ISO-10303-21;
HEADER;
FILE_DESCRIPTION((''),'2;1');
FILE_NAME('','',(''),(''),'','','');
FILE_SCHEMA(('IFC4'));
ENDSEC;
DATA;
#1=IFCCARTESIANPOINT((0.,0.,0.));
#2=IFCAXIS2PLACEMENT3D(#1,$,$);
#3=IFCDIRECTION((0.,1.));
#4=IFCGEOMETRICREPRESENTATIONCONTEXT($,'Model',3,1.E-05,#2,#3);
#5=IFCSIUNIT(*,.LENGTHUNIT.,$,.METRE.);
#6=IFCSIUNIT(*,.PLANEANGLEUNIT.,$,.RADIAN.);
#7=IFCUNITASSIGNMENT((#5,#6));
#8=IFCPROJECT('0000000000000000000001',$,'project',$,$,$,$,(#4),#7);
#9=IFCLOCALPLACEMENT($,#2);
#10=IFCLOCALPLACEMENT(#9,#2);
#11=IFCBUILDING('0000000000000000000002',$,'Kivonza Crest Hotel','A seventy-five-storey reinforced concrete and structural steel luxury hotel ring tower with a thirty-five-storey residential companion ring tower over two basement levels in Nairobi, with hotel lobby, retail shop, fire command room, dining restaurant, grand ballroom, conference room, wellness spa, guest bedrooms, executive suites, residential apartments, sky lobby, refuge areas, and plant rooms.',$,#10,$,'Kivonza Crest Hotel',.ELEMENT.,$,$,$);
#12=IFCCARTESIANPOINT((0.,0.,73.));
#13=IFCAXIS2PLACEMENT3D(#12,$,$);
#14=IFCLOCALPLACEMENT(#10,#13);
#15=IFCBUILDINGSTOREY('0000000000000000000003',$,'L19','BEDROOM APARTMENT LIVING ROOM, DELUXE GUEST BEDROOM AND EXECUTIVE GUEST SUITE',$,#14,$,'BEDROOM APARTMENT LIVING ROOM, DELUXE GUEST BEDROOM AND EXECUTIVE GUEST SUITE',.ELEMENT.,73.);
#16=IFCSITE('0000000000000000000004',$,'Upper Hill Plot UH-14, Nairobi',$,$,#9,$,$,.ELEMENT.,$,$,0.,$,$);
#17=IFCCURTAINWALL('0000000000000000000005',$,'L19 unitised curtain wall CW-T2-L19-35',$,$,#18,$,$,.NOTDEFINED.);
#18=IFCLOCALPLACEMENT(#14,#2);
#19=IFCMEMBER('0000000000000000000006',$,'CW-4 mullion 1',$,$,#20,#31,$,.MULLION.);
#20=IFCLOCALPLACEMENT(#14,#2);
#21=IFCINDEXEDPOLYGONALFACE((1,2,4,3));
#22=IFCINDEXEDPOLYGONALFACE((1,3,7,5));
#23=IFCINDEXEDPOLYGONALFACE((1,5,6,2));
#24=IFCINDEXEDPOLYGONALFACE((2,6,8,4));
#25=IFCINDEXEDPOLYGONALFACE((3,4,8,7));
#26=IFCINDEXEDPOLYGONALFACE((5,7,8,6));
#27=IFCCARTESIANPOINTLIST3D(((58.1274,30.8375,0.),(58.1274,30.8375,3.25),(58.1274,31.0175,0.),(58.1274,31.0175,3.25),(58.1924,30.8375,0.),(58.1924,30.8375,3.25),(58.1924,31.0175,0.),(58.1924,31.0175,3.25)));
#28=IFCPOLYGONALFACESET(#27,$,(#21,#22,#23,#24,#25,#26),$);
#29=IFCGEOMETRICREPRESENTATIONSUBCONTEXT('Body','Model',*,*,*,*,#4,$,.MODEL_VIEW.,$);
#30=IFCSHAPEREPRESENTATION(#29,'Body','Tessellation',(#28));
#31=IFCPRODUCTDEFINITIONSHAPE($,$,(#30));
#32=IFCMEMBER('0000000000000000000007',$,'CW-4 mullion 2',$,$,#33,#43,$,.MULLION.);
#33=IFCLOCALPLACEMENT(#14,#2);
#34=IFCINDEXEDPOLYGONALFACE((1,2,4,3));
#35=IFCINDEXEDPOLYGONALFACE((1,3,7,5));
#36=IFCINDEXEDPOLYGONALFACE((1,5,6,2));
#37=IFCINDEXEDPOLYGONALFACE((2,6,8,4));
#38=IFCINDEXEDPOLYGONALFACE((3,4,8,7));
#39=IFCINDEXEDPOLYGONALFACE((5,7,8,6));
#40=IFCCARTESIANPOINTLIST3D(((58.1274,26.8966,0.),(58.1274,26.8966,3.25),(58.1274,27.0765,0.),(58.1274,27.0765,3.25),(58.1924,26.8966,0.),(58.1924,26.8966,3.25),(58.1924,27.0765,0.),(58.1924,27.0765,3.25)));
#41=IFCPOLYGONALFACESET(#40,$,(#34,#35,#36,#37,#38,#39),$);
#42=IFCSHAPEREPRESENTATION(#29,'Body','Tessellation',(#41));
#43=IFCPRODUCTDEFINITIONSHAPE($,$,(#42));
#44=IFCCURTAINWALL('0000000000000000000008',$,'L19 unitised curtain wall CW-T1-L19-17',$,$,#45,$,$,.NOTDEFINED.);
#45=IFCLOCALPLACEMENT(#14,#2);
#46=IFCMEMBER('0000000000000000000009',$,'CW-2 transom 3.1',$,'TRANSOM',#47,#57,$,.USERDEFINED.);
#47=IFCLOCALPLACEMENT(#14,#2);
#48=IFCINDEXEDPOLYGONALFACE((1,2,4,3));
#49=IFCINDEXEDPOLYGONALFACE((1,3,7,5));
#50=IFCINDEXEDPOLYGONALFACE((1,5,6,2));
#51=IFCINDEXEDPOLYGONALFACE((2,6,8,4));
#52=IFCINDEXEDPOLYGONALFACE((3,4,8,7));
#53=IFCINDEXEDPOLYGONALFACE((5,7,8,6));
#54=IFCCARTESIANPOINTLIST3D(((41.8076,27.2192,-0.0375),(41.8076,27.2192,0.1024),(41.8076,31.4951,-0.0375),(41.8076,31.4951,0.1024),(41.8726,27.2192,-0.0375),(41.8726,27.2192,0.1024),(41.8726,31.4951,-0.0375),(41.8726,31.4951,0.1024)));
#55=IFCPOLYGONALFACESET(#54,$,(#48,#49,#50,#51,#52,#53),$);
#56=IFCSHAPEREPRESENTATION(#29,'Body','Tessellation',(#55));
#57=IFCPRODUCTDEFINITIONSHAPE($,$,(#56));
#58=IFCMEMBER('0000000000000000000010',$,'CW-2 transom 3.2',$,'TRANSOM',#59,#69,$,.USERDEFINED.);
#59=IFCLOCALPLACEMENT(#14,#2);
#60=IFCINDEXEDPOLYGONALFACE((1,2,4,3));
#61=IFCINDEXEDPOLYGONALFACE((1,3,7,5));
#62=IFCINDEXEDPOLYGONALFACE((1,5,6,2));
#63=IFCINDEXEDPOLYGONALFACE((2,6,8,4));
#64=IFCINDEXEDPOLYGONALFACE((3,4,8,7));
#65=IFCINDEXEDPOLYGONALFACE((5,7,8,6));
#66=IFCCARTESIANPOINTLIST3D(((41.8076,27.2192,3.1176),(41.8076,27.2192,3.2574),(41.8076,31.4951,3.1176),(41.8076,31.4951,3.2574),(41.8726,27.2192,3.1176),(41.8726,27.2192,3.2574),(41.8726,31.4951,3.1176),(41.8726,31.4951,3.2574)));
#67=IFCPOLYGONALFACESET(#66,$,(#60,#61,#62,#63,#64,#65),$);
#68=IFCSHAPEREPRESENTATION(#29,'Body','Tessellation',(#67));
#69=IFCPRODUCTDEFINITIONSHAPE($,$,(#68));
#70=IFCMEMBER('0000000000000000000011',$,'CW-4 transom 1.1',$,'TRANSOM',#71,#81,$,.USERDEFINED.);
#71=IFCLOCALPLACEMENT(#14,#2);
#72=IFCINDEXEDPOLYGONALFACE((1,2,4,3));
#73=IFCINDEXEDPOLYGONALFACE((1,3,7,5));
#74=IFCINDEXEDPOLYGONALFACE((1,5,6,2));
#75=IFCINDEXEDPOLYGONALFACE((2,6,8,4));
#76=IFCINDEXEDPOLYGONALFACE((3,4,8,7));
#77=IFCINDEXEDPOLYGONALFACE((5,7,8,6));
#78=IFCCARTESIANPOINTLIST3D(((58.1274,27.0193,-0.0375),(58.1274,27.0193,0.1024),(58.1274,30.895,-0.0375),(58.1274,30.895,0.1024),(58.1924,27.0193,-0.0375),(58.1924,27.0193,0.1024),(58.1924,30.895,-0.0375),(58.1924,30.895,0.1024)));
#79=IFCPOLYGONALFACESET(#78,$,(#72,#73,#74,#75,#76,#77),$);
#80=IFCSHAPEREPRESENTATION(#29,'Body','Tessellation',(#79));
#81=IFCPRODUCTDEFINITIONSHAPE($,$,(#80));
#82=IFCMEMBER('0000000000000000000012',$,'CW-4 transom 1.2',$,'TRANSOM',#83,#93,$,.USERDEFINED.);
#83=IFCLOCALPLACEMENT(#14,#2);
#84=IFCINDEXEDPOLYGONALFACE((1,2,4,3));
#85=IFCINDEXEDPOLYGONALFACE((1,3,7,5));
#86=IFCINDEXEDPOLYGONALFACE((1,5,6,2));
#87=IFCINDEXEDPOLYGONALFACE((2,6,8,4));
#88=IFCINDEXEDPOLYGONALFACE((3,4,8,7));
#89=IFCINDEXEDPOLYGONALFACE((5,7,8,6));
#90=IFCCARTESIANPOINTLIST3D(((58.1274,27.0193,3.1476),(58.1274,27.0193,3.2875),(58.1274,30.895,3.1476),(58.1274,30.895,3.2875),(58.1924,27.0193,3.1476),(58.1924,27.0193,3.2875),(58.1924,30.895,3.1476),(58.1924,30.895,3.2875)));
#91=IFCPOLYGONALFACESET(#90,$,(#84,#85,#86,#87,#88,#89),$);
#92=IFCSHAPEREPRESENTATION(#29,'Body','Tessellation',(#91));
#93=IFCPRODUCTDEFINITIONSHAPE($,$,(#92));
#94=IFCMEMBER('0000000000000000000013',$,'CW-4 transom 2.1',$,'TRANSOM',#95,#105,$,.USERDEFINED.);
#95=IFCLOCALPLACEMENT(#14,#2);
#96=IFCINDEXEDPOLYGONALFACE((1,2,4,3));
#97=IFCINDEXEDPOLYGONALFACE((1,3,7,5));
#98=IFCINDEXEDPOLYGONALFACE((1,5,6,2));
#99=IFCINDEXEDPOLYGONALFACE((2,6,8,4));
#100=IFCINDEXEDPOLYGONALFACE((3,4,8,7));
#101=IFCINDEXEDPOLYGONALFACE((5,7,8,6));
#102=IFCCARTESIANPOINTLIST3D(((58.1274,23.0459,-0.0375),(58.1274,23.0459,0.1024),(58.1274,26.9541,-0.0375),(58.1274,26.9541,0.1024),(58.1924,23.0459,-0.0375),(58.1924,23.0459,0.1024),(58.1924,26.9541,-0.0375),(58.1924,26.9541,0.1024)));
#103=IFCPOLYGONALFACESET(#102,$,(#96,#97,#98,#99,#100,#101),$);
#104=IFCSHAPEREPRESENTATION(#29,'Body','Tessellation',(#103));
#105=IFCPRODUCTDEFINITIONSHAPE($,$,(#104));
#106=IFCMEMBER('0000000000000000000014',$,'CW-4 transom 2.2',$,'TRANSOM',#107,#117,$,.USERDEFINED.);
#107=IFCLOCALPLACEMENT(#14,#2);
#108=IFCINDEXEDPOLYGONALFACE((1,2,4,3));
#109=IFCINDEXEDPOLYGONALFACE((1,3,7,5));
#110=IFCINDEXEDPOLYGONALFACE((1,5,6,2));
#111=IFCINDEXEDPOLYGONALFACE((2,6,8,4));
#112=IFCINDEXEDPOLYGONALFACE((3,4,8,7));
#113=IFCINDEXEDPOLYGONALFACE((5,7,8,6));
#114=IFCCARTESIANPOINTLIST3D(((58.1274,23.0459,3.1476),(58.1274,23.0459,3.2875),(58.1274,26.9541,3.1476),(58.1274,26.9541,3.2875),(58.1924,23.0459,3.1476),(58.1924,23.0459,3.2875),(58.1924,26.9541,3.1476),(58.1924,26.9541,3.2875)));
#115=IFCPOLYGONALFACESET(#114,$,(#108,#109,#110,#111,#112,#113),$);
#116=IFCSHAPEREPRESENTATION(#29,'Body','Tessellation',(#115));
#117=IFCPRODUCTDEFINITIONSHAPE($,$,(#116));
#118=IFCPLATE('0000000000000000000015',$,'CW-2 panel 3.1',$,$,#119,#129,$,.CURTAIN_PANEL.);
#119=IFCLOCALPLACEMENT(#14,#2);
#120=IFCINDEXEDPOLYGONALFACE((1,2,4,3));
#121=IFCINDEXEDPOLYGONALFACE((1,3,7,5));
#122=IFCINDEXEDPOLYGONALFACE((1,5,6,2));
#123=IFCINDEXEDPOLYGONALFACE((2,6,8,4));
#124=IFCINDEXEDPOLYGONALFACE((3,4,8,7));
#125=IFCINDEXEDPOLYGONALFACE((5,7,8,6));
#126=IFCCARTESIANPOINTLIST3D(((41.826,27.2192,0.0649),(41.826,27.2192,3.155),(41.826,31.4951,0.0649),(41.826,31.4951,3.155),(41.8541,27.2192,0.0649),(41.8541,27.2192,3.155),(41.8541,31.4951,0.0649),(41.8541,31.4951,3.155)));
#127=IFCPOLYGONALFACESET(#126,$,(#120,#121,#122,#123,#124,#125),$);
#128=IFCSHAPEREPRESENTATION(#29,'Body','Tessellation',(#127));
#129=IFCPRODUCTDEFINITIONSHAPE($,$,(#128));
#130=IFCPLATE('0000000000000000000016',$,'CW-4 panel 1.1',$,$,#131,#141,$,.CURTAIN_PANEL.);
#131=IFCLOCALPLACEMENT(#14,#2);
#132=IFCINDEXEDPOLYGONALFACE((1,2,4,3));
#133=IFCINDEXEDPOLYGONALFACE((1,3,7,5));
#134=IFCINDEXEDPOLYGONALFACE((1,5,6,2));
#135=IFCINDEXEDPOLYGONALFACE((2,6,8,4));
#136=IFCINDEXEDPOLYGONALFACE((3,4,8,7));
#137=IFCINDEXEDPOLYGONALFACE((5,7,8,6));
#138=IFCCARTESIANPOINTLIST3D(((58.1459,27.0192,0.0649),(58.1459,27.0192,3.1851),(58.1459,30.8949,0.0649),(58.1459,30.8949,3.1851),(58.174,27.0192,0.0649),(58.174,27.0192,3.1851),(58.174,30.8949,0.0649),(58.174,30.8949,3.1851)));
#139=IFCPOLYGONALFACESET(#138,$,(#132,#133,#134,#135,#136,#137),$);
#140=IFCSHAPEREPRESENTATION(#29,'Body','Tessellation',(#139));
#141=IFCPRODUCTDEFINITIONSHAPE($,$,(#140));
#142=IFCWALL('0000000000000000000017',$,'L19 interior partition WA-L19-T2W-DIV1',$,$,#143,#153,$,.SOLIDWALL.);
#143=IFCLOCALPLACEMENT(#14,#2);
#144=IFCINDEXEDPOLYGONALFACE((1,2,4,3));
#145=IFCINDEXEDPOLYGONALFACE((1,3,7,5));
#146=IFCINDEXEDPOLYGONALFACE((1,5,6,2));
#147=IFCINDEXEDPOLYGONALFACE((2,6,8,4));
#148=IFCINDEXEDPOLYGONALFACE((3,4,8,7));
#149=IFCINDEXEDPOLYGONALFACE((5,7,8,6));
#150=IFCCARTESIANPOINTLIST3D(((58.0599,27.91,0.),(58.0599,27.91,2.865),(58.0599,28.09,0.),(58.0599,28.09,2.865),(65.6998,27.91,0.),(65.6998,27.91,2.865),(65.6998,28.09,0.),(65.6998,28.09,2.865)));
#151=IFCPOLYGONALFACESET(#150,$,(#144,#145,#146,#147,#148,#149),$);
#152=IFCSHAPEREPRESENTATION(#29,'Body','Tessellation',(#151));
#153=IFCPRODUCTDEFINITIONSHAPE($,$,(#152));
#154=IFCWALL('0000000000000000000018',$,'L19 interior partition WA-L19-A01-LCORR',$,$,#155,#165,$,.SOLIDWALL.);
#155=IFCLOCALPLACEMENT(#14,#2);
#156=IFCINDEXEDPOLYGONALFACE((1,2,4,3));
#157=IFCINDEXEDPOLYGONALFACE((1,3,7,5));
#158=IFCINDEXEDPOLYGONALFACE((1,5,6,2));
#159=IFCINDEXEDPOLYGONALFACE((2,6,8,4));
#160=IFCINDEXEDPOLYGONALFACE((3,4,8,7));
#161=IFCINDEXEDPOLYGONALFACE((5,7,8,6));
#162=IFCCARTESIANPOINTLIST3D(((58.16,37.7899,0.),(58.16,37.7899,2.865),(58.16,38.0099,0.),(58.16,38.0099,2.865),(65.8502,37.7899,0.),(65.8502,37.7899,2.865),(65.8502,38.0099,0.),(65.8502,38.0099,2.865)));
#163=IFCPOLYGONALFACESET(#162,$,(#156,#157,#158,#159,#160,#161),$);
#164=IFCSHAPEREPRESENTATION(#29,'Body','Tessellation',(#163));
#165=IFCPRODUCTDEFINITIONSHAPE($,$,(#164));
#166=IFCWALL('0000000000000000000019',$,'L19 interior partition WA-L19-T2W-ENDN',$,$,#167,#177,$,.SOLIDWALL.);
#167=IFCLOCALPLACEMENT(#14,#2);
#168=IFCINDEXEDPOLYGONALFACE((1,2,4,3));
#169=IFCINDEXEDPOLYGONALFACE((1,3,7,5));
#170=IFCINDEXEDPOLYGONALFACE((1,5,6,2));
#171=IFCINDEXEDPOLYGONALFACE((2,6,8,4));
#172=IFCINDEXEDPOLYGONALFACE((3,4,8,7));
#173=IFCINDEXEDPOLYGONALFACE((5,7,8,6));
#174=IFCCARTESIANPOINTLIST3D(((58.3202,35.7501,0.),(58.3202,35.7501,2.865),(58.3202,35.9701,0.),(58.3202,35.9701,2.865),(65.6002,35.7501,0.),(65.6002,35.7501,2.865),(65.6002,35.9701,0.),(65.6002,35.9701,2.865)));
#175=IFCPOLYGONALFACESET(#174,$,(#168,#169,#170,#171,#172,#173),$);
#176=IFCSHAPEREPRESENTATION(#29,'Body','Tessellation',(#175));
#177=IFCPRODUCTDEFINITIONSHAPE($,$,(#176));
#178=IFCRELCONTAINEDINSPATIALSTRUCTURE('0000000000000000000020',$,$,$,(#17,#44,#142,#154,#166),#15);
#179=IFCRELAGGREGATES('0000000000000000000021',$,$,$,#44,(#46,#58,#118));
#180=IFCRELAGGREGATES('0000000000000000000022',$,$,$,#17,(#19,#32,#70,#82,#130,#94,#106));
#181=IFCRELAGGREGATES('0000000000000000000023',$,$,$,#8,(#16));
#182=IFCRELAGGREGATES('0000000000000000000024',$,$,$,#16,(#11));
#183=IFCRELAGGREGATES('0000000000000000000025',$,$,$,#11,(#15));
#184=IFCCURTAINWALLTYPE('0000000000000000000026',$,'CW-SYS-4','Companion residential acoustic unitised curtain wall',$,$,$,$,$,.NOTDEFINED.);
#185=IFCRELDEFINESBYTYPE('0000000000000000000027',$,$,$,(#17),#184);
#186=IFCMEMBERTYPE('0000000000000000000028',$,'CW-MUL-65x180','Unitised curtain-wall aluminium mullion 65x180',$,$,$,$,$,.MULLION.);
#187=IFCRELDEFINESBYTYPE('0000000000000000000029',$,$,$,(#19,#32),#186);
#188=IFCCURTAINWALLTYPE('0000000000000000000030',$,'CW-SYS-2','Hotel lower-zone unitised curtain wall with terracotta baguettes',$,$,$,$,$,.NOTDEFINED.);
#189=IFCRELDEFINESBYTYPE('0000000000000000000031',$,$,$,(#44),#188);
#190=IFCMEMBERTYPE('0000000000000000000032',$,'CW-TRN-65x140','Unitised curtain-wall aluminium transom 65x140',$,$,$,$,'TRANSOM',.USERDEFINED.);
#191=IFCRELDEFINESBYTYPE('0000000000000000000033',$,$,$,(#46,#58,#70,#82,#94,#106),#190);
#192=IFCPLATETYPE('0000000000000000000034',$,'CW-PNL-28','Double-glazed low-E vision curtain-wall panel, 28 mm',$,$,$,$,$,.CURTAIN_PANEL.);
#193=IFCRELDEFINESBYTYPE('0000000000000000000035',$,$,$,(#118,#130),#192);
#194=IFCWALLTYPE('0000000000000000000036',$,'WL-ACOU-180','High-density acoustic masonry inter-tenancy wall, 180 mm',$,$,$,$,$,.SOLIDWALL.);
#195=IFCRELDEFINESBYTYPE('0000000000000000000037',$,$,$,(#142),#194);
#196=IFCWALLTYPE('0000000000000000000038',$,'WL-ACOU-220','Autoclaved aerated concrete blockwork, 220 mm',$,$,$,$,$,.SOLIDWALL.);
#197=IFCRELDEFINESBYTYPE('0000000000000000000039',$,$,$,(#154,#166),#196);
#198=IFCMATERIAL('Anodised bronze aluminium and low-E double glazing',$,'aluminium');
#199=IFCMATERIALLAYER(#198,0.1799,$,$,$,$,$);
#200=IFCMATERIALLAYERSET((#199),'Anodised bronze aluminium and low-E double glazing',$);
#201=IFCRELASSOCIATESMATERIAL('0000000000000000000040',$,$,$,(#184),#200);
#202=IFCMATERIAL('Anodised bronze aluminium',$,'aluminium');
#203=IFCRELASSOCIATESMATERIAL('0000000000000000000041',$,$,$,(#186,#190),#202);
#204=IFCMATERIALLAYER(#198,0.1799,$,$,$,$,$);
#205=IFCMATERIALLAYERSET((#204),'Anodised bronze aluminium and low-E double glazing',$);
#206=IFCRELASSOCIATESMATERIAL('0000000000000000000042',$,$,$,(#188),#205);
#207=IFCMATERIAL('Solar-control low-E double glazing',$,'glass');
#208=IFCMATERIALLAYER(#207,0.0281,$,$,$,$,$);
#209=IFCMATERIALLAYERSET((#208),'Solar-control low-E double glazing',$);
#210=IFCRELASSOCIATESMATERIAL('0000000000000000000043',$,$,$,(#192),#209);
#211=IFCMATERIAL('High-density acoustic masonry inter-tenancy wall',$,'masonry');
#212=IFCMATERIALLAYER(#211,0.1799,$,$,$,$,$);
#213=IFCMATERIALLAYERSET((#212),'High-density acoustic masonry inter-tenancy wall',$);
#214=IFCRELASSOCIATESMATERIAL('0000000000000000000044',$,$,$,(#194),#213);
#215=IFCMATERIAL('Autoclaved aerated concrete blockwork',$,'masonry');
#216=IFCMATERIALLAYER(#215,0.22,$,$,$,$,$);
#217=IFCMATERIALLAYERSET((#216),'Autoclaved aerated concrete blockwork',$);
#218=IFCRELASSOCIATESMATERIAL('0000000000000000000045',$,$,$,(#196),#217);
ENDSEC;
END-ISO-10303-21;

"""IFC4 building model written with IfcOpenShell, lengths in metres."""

from ifc_helpers import new_model, si_unit, direction, frame, frame_2d, origin, origin_2d, place, context, subcontext, project, spatial, rectangle, extrude, material, layer, layer_set, material_profile, profile_set, type_object, element, aggregate, save


model = new_model("IFC4")

# Units and contexts
model_context = context("Model", 3, precision=1e-05, world=origin(), true_north=direction((0.0, 1.0)))
body_context = subcontext(model_context, "Body", "Model", "MODEL_VIEW")
ifc_project = project(units=[si_unit("LENGTHUNIT", "METRE"), si_unit("PLANEANGLEUNIT", "RADIAN")], contexts=[model_context])

# Site, building, storey
site_placement = place(None, origin())
site = spatial("IfcSite", under=ifc_project, at=site_placement, Name="Upper Hill Plot UH-14, Nairobi", CompositionType="ELEMENT", RefElevation=0.0)
building_placement = place(site_placement, origin())
building = spatial("IfcBuilding", under=site, at=building_placement, Name="Kivonza Crest Hotel", Description="A seventy-five-storey reinforced concrete and structural steel luxury hotel ring tower with a thirty-five-storey residential companion ring tower over two basement levels in Nairobi, with hotel lobby, retail shop, fire command room, dining restaurant, grand ballroom, conference room, wellness spa, guest bedrooms, executive suites, residential apartments, sky lobby, refuge areas, and plant rooms.", LongName="Kivonza Crest Hotel", CompositionType="ELEMENT")
storey_placement = place(building_placement, frame((0.0, 0.0, 73.0)))
storey = spatial("IfcBuildingStorey", under=building, at=storey_placement, Name="L19", Description="BEDROOM APARTMENT LIVING ROOM, DELUXE GUEST BEDROOM AND EXECUTIVE GUEST SUITE", LongName="BEDROOM APARTMENT LIVING ROOM, DELUXE GUEST BEDROOM AND EXECUTIVE GUEST SUITE", CompositionType="ELEMENT", Elevation=73.0)

# Curtain walls, members
ifc_material_1 = material(Name="Anodised bronze aluminium and low-E double glazing", Category="aluminium")
ifc_layer_1 = layer(ifc_material_1, 0.1799)
ifc_layer_set_1 = layer_set([ifc_layer_1], Name="Anodised bronze aluminium and low-E double glazing")
curtain_wall_type_1 = type_object("IfcCurtainWallType", Name="CW-SYS-4", Description="Companion residential acoustic unitised curtain wall", PredefinedType="NOTDEFINED", material=ifc_layer_set_1)
curtain_wall_1_placement = place(storey_placement, origin())
curtain_wall_1 = element("IfcCurtainWall", 1, at=curtain_wall_1_placement, inside=storey, type_object=curtain_wall_type_1, Name="L19 unitised curtain wall CW-T2-L19-35", PredefinedType="NOTDEFINED")
ifc_material_2 = material(Name="Anodised bronze aluminium", Category="aluminium")
ifc_material_profile_1 = material_profile(ifc_material_2, rectangle(XDim=0.0649, YDim=0.1799, at=origin_2d()), Name="CW-M 65x180")
ifc_profile_set_1 = profile_set([ifc_material_profile_1], Name="Anodised bronze aluminium")
member_type_1 = type_object("IfcMemberType", Name="CW-MUL-65x180", Description="Unitised curtain-wall aluminium mullion 65x180", PredefinedType="MULLION", material=ifc_profile_set_1)
member_1_placement = place(storey_placement, frame((58.1599, 30.9275, 0.0), z_axis=(0.0, 0.0, 1.0), x_axis=(1.0, 0.0, 0.0)))
member_1 = element("IfcMember", 2, at=member_1_placement, type_object=member_type_1, Name="CW-4 mullion 1", PredefinedType="MULLION", context=body_context, shape_type="SweptSolid", body=[
    extrude(rectangle(XDim=0.0649, YDim=0.1799, at=origin_2d()), origin(), (0.0, 0.0, 1.0), 3.25),
])
member_2_placement = place(storey_placement, frame((58.1599, 26.9866, 0.0), z_axis=(0.0, 0.0, 1.0), x_axis=(1.0, 0.0, 0.0)))
member_2 = element("IfcMember", 3, at=member_2_placement, type_object=member_type_1, Name="CW-4 mullion 2", PredefinedType="MULLION", context=body_context, shape_type="SweptSolid", body=[
    extrude(rectangle(XDim=0.0649, YDim=0.1799, at=origin_2d()), origin(), (0.0, 0.0, 1.0), 3.25),
])
ifc_layer_2 = layer(ifc_material_1, 0.1799)
ifc_layer_set_2 = layer_set([ifc_layer_2], Name="Anodised bronze aluminium and low-E double glazing")
curtain_wall_type_2 = type_object("IfcCurtainWallType", Name="CW-SYS-2", Description="Hotel lower-zone unitised curtain wall with terracotta baguettes", PredefinedType="NOTDEFINED", material=ifc_layer_set_2)
curtain_wall_2_placement = place(storey_placement, origin())
curtain_wall_2 = element("IfcCurtainWall", 4, at=curtain_wall_2_placement, inside=storey, type_object=curtain_wall_type_2, Name="L19 unitised curtain wall CW-T1-L19-17", PredefinedType="NOTDEFINED")
ifc_material_profile_2 = material_profile(ifc_material_2, rectangle(XDim=0.0649, YDim=0.1399, at=origin_2d()), Name="CW-T 65x140")
ifc_profile_set_2 = profile_set([ifc_material_profile_2], Name="Anodised bronze aluminium")
member_type_2 = type_object("IfcMemberType", Name="CW-TRN-65x140", Description="Unitised curtain-wall aluminium transom 65x140", ElementType="TRANSOM", PredefinedType="USERDEFINED", material=ifc_profile_set_2)
member_3_placement = place(storey_placement, frame((41.8401, 27.2192, 0.0325), z_axis=(0.0, 1.0, 0.0), x_axis=(-1.0, 0.0, 0.0)))
member_3 = element("IfcMember", 5, at=member_3_placement, type_object=member_type_2, Name="CW-2 transom 3.1", ObjectType="TRANSOM", PredefinedType="USERDEFINED", context=body_context, shape_type="SweptSolid", body=[
    extrude(rectangle(XDim=0.0649, YDim=0.1399, at=origin_2d()), origin(), (0.0, 0.0, 1.0), 4.2759),
])
member_4_placement = place(storey_placement, frame((41.8401, 27.2192, 3.1875), z_axis=(0.0, 1.0, 0.0), x_axis=(-1.0, 0.0, 0.0)))
member_4 = element("IfcMember", 6, at=member_4_placement, type_object=member_type_2, Name="CW-2 transom 3.2", ObjectType="TRANSOM", PredefinedType="USERDEFINED", context=body_context, shape_type="SweptSolid", body=[
    extrude(rectangle(XDim=0.0649, YDim=0.1399, at=origin_2d()), origin(), (0.0, 0.0, 1.0), 4.2759),
])

# Members
member_5_placement = place(storey_placement, frame((58.1599, 30.895, 0.0325), z_axis=(0.0, -1.0, 0.0), x_axis=(1.0, 0.0, 0.0)))
member_5 = element("IfcMember", 7, at=member_5_placement, type_object=member_type_2, Name="CW-4 transom 1.1", ObjectType="TRANSOM", PredefinedType="USERDEFINED", context=body_context, shape_type="SweptSolid", body=[
    extrude(rectangle(XDim=0.0649, YDim=0.1399, at=origin_2d()), origin(), (0.0, 0.0, 1.0), 3.8757),
])
member_6_placement = place(storey_placement, frame((58.1599, 30.895, 3.2175), z_axis=(0.0, -1.0, 0.0), x_axis=(1.0, 0.0, 0.0)))
member_6 = element("IfcMember", 8, at=member_6_placement, type_object=member_type_2, Name="CW-4 transom 1.2", ObjectType="TRANSOM", PredefinedType="USERDEFINED", context=body_context, shape_type="SweptSolid", body=[
    extrude(rectangle(XDim=0.0649, YDim=0.1399, at=origin_2d()), origin(), (0.0, 0.0, 1.0), 3.8757),
])
member_7_placement = place(storey_placement, frame((58.1599, 26.9541, 0.0325), z_axis=(0.0, -1.0, 0.0), x_axis=(1.0, 0.0, 0.0)))
member_7 = element("IfcMember", 9, at=member_7_placement, type_object=member_type_2, Name="CW-4 transom 2.1", ObjectType="TRANSOM", PredefinedType="USERDEFINED", context=body_context, shape_type="SweptSolid", body=[
    extrude(rectangle(XDim=0.0649, YDim=0.1399, at=origin_2d()), origin(), (0.0, 0.0, 1.0), 3.9082),
])
member_8_placement = place(storey_placement, frame((58.1599, 26.9541, 3.2175), z_axis=(0.0, -1.0, 0.0), x_axis=(1.0, 0.0, 0.0)))
member_8 = element("IfcMember", 10, at=member_8_placement, type_object=member_type_2, Name="CW-4 transom 2.2", ObjectType="TRANSOM", PredefinedType="USERDEFINED", context=body_context, shape_type="SweptSolid", body=[
    extrude(rectangle(XDim=0.0649, YDim=0.1399, at=origin_2d()), origin(), (0.0, 0.0, 1.0), 3.9082),
])

# Plates
ifc_material_3 = material(Name="Solar-control low-E double glazing", Category="glass")
ifc_layer_3 = layer(ifc_material_3, 0.0281)
ifc_layer_set_3 = layer_set([ifc_layer_3], Name="Solar-control low-E double glazing")
plate_type = type_object("IfcPlateType", Name="CW-PNL-28", Description="Double-glazed low-E vision curtain-wall panel, 28 mm", PredefinedType="CURTAIN_PANEL", material=ifc_layer_set_3)
plate_1_placement = place(storey_placement, frame((41.8401, 29.3572, 0.0649), z_axis=(0.0, 0.0, 1.0), x_axis=(0.0, 1.0, 0.0)))
plate_1 = element("IfcPlate", 11, at=plate_1_placement, type_object=plate_type, Name="CW-2 panel 3.1", PredefinedType="CURTAIN_PANEL", context=body_context, shape_type="SweptSolid", body=[
    extrude(rectangle(XDim=4.2759, YDim=0.0281, at=origin_2d()), origin(), (0.0, 0.0, 1.0), 3.0901),
])
aggregate(curtain_wall_2, [member_3, member_4, plate_1])
plate_2_placement = place(storey_placement, frame((58.1599, 28.957, 0.0649), z_axis=(0.0, 0.0, 1.0), x_axis=(0.0, -1.0, 0.0)))
plate_2 = element("IfcPlate", 12, at=plate_2_placement, type_object=plate_type, Name="CW-4 panel 1.1", PredefinedType="CURTAIN_PANEL", context=body_context, shape_type="SweptSolid", body=[
    extrude(rectangle(XDim=3.8757, YDim=0.0281, at=origin_2d()), origin(), (0.0, 0.0, 1.0), 3.1201),
])
aggregate(curtain_wall_1, [member_1, member_2, member_5, member_6, plate_2, member_7, member_8])

# Walls
ifc_material_4 = material(Name="High-density acoustic masonry inter-tenancy wall", Category="masonry")
ifc_layer_4 = layer(ifc_material_4, 0.1799)
ifc_layer_set_4 = layer_set([ifc_layer_4], Name="High-density acoustic masonry inter-tenancy wall")
wall_type_1 = type_object("IfcWallType", Name="WL-ACOU-180", Description="High-density acoustic masonry inter-tenancy wall, 180 mm", PredefinedType="SOLIDWALL", material=ifc_layer_set_4)
wall_1_placement = place(storey_placement, frame((58.0601, 28.0, 0.0), z_axis=(0.0, 0.0, 1.0), x_axis=(1.0, 0.0, 0.0)))
element("IfcWall", 13, at=wall_1_placement, inside=storey, type_object=wall_type_1, Name="L19 interior partition WA-L19-T2W-DIV1", PredefinedType="SOLIDWALL", context=body_context, shape_type="SweptSolid", body=[
    extrude(rectangle(XDim=7.6399, YDim=0.1799, at=frame_2d((3.8198, 0.0))), origin(), (0.0, 0.0, 1.0), 2.865),
])
ifc_material_5 = material(Name="Autoclaved aerated concrete blockwork", Category="masonry")
ifc_layer_5 = layer(ifc_material_5, 0.22)
ifc_layer_set_5 = layer_set([ifc_layer_5], Name="Autoclaved aerated concrete blockwork")
wall_type_2 = type_object("IfcWallType", Name="WL-ACOU-220", Description="Autoclaved aerated concrete blockwork, 220 mm", PredefinedType="SOLIDWALL", material=ifc_layer_set_5)
wall_2_placement = place(storey_placement, frame((58.1599, 37.8999, 0.0), z_axis=(0.0, 0.0, 1.0), x_axis=(1.0, 0.0, 0.0)))
element("IfcWall", 14, at=wall_2_placement, inside=storey, type_object=wall_type_2, Name="L19 interior partition WA-L19-A01-LCORR", PredefinedType="SOLIDWALL", context=body_context, shape_type="SweptSolid", body=[
    extrude(rectangle(XDim=7.6902, YDim=0.22, at=frame_2d((3.8452, 0.0))), origin(), (0.0, 0.0, 1.0), 2.865),
])
wall_3_placement = place(storey_placement, frame((58.3201, 35.8601, 0.0), z_axis=(0.0, 0.0, 1.0), x_axis=(1.0, 0.0, 0.0)))
element("IfcWall", 15, at=wall_3_placement, inside=storey, type_object=wall_type_2, Name="L19 interior partition WA-L19-T2W-ENDN", PredefinedType="SOLIDWALL", context=body_context, shape_type="SweptSolid", body=[
    extrude(rectangle(XDim=7.28, YDim=0.22, at=frame_2d((3.6401, 0.0))), origin(), (0.0, 0.0, 1.0), 2.865),
])

save(model, "model.ifc")
